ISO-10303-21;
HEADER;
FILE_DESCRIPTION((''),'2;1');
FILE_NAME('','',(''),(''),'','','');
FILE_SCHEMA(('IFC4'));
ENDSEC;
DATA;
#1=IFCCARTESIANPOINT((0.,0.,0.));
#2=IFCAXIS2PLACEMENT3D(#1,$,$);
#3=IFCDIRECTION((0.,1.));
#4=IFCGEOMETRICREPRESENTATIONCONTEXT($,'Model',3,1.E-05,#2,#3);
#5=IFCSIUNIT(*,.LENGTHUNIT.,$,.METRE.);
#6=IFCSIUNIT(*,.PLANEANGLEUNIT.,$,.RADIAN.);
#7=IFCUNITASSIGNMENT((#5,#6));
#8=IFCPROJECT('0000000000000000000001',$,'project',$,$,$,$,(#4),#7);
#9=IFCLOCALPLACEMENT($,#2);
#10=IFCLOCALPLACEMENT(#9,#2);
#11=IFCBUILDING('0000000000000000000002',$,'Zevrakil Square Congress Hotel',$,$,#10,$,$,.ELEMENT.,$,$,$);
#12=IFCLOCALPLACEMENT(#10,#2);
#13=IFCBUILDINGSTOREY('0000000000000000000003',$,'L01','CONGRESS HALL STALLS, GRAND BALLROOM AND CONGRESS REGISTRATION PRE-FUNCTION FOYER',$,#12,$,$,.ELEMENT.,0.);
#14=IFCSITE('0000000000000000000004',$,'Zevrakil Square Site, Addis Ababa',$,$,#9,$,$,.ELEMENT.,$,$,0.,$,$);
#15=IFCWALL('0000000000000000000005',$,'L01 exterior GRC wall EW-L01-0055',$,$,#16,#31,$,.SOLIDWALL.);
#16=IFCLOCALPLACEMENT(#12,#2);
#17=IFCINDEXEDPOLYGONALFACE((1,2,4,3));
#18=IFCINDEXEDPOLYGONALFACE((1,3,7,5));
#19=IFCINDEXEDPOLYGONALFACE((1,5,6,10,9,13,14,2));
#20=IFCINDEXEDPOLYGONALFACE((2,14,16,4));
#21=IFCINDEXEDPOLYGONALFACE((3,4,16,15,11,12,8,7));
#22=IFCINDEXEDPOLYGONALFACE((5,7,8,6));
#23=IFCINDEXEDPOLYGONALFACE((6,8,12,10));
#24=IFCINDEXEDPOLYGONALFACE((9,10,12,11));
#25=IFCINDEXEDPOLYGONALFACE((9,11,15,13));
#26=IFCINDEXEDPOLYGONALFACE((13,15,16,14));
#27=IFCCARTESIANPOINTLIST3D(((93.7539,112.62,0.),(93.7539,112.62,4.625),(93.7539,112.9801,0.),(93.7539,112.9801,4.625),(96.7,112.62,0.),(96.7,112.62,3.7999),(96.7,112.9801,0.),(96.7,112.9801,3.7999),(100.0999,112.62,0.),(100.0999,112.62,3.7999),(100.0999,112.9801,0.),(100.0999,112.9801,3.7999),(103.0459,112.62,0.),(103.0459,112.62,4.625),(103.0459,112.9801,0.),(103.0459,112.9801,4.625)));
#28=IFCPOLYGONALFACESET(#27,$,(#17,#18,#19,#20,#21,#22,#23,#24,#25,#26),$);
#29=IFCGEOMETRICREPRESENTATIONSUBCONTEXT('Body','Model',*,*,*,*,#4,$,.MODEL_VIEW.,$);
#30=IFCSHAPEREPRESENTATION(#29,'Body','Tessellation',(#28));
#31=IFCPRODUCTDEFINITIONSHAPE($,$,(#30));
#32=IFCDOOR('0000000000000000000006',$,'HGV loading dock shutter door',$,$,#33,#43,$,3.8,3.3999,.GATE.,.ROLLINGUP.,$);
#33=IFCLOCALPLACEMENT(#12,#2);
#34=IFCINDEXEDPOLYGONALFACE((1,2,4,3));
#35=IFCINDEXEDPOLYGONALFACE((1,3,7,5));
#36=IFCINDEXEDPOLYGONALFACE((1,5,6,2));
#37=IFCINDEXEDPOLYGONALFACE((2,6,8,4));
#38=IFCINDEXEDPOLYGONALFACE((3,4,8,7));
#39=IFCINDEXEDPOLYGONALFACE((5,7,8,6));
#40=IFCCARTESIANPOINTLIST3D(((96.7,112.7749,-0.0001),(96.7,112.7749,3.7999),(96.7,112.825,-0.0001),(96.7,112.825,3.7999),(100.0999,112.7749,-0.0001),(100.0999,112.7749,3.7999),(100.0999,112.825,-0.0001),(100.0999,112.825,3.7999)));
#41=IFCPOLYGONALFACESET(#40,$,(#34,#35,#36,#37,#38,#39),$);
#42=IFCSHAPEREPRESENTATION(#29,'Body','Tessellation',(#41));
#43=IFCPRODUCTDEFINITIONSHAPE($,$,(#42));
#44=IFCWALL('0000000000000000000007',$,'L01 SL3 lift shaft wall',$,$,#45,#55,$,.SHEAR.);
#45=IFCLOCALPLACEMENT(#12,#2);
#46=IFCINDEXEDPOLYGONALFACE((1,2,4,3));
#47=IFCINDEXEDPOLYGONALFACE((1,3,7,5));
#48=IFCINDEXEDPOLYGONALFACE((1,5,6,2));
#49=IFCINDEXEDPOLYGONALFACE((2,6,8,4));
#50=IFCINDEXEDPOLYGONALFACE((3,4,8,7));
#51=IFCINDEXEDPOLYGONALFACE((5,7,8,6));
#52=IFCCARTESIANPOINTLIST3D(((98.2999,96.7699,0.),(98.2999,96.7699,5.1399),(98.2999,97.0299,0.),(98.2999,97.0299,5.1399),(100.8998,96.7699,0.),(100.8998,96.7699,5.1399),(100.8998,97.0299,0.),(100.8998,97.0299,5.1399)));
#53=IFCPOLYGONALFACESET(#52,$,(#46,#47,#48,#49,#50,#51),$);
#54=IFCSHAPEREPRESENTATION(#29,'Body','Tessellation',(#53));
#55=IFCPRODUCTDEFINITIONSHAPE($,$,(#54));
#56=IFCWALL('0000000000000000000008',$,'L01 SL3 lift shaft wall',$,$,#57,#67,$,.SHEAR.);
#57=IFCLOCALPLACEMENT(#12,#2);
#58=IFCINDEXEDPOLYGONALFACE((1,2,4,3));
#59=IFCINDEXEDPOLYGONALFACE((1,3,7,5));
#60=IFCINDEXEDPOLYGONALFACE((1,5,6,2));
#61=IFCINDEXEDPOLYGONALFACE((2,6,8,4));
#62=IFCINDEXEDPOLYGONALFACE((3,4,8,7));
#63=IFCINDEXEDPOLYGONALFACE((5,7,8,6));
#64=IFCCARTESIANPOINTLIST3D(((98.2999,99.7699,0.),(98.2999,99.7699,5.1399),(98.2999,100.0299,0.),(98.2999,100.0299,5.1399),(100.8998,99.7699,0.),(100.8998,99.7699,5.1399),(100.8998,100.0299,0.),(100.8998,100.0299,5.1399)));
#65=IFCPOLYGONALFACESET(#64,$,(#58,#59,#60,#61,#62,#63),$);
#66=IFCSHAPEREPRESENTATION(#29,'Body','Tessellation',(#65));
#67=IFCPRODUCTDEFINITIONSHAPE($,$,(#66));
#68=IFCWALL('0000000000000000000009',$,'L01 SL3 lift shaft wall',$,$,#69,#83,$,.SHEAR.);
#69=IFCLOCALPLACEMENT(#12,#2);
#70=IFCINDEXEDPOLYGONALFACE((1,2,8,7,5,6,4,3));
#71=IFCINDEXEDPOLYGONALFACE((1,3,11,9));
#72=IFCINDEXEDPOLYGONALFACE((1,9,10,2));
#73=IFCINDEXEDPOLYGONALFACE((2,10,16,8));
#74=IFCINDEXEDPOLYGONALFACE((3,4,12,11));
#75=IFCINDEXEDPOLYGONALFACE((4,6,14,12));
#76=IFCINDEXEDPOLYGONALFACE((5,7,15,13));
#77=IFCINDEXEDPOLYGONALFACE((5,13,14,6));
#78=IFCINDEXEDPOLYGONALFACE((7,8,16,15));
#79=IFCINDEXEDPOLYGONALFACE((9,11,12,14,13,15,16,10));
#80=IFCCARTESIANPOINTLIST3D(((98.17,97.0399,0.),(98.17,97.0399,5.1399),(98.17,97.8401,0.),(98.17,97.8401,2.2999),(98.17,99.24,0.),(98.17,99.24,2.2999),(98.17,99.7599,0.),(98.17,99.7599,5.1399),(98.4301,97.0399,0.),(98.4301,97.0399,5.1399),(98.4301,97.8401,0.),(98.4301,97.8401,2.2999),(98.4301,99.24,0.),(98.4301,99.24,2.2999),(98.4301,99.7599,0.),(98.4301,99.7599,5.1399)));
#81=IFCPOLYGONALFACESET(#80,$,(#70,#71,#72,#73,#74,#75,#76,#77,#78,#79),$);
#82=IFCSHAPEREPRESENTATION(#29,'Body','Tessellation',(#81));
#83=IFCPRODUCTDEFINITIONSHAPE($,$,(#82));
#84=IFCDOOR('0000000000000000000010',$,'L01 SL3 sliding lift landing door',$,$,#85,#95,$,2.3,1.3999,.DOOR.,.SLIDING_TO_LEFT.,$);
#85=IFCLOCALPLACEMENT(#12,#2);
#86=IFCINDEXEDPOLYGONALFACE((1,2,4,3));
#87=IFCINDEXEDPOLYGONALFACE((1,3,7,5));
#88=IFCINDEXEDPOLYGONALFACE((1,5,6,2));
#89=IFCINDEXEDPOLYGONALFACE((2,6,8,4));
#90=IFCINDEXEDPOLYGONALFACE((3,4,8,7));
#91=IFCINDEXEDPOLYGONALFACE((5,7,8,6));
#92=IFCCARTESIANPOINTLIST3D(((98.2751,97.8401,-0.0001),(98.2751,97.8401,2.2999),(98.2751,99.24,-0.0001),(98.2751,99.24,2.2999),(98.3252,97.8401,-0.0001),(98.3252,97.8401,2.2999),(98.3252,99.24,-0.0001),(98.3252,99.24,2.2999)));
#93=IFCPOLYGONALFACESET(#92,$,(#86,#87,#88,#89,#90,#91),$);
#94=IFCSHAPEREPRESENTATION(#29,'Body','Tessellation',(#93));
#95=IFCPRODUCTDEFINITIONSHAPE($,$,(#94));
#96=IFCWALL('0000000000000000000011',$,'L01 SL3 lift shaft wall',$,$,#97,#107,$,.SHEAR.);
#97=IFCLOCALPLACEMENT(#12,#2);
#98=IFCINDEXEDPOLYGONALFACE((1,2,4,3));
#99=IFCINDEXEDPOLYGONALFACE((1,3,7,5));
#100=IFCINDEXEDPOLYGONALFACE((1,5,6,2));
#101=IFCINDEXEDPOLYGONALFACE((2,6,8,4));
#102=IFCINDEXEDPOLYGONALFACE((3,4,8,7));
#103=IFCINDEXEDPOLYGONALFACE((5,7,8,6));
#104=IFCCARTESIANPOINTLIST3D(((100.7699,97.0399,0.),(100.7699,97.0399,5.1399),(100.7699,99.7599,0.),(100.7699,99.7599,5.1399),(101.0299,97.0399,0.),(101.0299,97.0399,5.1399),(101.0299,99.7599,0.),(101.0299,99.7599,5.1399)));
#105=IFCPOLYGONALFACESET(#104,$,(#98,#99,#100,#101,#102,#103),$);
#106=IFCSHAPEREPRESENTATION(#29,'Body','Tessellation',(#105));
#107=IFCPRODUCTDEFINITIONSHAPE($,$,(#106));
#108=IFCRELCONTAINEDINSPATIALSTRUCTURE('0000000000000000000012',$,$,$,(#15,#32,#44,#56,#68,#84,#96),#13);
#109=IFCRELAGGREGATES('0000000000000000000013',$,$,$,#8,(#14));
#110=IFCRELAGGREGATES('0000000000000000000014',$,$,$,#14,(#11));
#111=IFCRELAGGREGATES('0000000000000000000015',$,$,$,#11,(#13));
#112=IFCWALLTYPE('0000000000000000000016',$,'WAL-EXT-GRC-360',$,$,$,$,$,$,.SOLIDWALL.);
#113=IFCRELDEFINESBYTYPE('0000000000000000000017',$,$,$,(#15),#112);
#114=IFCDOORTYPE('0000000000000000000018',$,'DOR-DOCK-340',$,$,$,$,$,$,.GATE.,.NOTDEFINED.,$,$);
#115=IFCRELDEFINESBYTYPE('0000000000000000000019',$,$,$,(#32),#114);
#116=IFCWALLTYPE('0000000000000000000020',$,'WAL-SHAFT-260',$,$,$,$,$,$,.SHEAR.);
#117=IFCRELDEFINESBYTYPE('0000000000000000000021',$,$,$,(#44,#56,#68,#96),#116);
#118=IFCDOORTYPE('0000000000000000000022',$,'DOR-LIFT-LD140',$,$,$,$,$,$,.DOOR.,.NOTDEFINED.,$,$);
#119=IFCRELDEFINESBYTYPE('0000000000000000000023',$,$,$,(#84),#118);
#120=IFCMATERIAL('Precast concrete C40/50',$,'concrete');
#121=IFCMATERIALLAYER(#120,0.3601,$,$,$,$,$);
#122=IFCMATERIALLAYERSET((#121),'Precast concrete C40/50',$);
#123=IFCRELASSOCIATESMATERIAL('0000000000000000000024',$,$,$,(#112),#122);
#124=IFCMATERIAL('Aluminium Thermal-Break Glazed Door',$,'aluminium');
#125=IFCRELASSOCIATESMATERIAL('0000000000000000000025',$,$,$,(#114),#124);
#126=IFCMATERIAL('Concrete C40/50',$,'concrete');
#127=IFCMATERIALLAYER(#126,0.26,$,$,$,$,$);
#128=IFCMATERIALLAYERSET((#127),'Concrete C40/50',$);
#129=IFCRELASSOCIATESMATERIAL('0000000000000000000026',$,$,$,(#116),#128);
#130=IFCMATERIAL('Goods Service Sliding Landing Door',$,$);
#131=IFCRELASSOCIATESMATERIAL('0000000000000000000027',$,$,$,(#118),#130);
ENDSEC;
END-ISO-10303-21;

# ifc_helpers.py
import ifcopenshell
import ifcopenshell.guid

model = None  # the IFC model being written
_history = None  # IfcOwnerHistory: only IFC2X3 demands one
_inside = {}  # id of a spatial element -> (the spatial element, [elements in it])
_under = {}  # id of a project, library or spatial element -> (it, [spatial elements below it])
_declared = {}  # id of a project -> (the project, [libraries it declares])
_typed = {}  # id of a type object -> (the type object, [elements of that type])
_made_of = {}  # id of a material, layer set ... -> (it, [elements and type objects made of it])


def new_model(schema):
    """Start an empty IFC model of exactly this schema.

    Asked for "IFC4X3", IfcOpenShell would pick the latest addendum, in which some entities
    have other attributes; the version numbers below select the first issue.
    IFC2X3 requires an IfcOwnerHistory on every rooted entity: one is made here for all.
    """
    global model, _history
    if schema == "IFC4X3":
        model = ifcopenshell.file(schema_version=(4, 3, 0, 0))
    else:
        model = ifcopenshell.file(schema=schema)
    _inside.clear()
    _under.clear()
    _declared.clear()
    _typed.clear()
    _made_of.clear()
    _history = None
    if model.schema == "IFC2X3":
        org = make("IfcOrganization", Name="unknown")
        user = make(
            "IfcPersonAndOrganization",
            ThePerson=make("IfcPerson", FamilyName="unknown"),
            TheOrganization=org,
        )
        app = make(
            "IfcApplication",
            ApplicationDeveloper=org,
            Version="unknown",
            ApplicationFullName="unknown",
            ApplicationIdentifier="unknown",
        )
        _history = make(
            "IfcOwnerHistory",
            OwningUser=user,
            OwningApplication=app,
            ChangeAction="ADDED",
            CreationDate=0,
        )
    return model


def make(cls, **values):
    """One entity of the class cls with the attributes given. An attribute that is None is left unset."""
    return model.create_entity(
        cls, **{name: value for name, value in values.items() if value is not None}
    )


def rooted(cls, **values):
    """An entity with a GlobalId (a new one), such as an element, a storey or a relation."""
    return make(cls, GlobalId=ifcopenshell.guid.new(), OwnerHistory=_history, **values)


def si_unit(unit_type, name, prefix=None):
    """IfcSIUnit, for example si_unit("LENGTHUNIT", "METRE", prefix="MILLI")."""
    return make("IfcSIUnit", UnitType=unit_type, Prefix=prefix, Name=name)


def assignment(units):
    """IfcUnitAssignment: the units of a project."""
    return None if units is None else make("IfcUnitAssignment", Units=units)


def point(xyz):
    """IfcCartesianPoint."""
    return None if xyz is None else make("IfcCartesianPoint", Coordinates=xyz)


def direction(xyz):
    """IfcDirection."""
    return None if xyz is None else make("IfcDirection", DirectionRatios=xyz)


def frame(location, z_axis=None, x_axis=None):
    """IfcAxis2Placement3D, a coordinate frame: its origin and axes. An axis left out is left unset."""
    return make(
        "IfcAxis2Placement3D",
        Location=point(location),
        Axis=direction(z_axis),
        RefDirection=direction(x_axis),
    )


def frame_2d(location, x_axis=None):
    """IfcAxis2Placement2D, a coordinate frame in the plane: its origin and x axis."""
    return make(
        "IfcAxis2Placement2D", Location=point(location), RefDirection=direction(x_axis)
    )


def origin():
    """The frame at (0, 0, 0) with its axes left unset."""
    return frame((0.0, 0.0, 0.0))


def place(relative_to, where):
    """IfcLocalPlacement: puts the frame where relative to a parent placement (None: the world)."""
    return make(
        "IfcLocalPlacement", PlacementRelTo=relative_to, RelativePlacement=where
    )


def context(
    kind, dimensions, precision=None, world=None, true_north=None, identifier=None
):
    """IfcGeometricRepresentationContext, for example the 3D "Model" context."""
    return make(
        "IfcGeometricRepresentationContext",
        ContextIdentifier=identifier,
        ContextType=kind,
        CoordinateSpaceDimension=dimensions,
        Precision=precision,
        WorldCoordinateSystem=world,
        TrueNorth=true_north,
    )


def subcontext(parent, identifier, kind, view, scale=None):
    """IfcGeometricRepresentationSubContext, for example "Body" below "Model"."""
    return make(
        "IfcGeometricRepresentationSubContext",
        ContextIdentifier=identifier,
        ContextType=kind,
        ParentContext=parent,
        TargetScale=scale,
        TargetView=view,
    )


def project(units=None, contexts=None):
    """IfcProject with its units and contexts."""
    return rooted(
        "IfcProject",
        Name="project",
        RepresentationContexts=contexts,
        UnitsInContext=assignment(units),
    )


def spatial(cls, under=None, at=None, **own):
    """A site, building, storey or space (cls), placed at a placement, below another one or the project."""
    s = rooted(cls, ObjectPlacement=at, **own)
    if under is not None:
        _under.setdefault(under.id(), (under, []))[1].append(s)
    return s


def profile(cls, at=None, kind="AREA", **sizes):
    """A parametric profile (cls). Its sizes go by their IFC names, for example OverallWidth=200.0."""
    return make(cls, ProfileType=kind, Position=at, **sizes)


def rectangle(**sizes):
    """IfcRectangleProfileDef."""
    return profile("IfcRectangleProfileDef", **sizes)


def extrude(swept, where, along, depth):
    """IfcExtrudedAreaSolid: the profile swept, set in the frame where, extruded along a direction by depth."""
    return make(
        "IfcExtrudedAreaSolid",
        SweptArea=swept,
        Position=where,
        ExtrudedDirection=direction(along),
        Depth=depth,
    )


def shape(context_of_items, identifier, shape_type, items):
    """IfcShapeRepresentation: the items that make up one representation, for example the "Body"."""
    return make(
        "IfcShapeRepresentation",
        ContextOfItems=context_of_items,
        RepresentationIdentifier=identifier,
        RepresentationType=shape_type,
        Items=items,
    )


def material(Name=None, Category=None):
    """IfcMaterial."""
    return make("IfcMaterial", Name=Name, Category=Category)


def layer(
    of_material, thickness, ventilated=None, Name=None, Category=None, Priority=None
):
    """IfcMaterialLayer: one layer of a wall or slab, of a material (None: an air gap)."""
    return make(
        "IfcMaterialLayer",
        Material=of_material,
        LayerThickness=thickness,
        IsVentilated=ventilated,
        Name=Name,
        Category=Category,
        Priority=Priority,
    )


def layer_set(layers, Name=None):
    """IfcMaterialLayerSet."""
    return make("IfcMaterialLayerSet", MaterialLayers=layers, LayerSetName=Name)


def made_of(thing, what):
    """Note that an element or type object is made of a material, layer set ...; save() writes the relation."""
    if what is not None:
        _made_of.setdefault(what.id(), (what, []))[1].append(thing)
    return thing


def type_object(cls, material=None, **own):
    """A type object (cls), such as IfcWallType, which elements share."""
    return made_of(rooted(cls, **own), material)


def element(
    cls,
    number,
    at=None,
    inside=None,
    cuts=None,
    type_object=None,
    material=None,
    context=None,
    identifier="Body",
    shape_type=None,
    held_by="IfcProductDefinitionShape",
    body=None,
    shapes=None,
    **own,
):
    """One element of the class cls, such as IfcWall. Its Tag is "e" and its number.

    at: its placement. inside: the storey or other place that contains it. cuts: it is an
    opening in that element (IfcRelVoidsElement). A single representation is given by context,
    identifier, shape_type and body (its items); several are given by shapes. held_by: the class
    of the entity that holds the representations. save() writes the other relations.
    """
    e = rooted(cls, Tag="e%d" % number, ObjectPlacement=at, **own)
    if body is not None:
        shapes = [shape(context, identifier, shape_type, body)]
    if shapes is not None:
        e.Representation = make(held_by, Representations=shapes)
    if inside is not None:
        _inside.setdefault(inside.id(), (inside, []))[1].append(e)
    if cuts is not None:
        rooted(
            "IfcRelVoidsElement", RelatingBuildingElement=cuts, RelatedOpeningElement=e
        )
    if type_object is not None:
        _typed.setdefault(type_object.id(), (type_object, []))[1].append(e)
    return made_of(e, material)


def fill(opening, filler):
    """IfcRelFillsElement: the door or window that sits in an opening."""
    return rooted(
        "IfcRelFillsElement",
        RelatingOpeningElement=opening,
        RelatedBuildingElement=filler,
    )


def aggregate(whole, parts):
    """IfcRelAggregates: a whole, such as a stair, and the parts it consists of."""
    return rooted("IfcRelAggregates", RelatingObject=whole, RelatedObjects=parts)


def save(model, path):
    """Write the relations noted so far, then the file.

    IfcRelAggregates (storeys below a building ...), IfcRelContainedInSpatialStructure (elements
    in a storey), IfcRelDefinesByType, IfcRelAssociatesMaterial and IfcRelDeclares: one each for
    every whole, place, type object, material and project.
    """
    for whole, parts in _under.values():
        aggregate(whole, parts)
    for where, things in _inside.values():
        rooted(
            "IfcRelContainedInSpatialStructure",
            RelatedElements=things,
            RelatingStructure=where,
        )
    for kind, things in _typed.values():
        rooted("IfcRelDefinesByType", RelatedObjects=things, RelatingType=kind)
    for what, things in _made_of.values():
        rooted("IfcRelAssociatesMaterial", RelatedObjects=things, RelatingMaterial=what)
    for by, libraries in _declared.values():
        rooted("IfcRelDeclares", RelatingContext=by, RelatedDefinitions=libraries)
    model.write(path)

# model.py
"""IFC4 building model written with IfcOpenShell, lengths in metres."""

from ifc_helpers import new_model, si_unit, direction, frame, frame_2d, origin, place, context, subcontext, project, spatial, rectangle, extrude, material, layer, layer_set, type_object, element, fill, save


model = new_model("IFC4")

# Units and contexts
model_context = context("Model", 3, precision=1e-05, world=origin(), true_north=direction((0.0, 1.0)))
body_context = subcontext(model_context, "Body", "Model", "MODEL_VIEW")
ifc_project = project(units=[si_unit("LENGTHUNIT", "METRE"), si_unit("PLANEANGLEUNIT", "RADIAN")], contexts=[model_context])

# Site, building, storey
site_placement = place(None, origin())
site = spatial("IfcSite", under=ifc_project, at=site_placement, Name="Zevrakil Square Site, Addis Ababa", CompositionType="ELEMENT", RefElevation=0.0)
building_placement = place(site_placement, origin())
building = spatial("IfcBuilding", under=site, at=building_placement, Name="Zevrakil Square Congress Hotel", CompositionType="ELEMENT")
storey_placement = place(building_placement, origin())
storey = spatial("IfcBuildingStorey", under=building, at=storey_placement, Name="L01", Description="CONGRESS HALL STALLS, GRAND BALLROOM AND CONGRESS REGISTRATION PRE-FUNCTION FOYER", CompositionType="ELEMENT", Elevation=0.0)

# Wall, opening, door
ifc_material_1 = material(Name="Precast concrete C40/50", Category="concrete")
ifc_layer_1 = layer(ifc_material_1, 0.3601)
ifc_layer_set_1 = layer_set([ifc_layer_1], Name="Precast concrete C40/50")
wall_type_1 = type_object("IfcWallType", Name="WAL-EXT-GRC-360", PredefinedType="SOLIDWALL", material=ifc_layer_set_1)
ifc_material_2 = material(Name="Aluminium Thermal-Break Glazed Door", Category="aluminium")
door_type_1 = type_object("IfcDoorType", Name="DOR-DOCK-340", OperationType="NOTDEFINED", PredefinedType="GATE", material=ifc_material_2)
wall_1_placement = place(storey_placement, frame((93.7539, 112.8, 0.0), z_axis=(0.0, 0.0, 1.0), x_axis=(1.0, 0.0, 0.0)))
wall_1 = element("IfcWall", 1, at=wall_1_placement, inside=storey, type_object=wall_type_1, Name="L01 exterior GRC wall EW-L01-0055", PredefinedType="SOLIDWALL", context=body_context, shape_type="SweptSolid", body=[
    extrude(rectangle(XDim=9.292, YDim=0.3601, at=frame_2d((4.646, 0.0))), origin(), (0.0, 0.0, 1.0), 4.625),
])
opening_1_placement = place(wall_1_placement, frame((2.946, 0.0, 0.0)))
opening_1 = element("IfcOpeningElement", 2, at=opening_1_placement, cuts=wall_1, PredefinedType="OPENING", context=body_context, shape_type="SweptSolid", body=[
    extrude(rectangle(XDim=3.3999, YDim=3.8, at=frame_2d((1.7, 1.8999))), frame((0.0, 0.1899, 0.0), z_axis=(0.0, -1.0, 0.0), x_axis=(1.0, 0.0, 0.0)), (0.0, 0.0, 1.0), 0.3801),
])
door_1_placement = place(opening_1_placement, origin())
door_1 = element("IfcDoor", 3, at=door_1_placement, inside=storey, type_object=door_type_1, Name="HGV loading dock shutter door", OperationType="ROLLINGUP", OverallHeight=3.8, OverallWidth=3.3999, PredefinedType="GATE", context=body_context, shape_type="SweptSolid", body=[
    extrude(rectangle(XDim=3.3999, YDim=3.8, at=frame_2d((1.7, 1.8999))), frame((0.0, 0.0249, 0.0), z_axis=(0.0, -1.0, 0.0), x_axis=(1.0, 0.0, 0.0)), (0.0, 0.0, 1.0), 0.05),
])
fill(opening_1, door_1)

# Walls
ifc_material_3 = material(Name="Concrete C40/50", Category="concrete")
ifc_layer_2 = layer(ifc_material_3, 0.26)
ifc_layer_set_2 = layer_set([ifc_layer_2], Name="Concrete C40/50")
wall_type_2 = type_object("IfcWallType", Name="WAL-SHAFT-260", PredefinedType="SHEAR", material=ifc_layer_set_2)
for number, where, z_axis, x_axis, name in (
    (4, (98.3, 96.8999, 0.0), (0.0, 0.0, 1.0), (1.0, 0.0, 0.0), "L01 SL3 lift shaft wall"),
    (5, (98.3, 99.8999, 0.0), (0.0, 0.0, 1.0), (1.0, 0.0, 0.0), "L01 SL3 lift shaft wall"),
):
    element("IfcWall", number, at=place(storey_placement, frame(where, z_axis=z_axis, x_axis=x_axis)), inside=storey, type_object=wall_type_2, Name=name, PredefinedType="SHEAR", context=body_context, shape_type="SweptSolid", body=[
        extrude(rectangle(XDim=2.5999, YDim=0.26, at=frame_2d((1.2998, 0.0))), origin(), (0.0, 0.0, 1.0), 5.1399),
    ])

# Wall, opening, door
wall_2_placement = place(storey_placement, frame((98.3, 97.04, 0.0), z_axis=(0.0, 0.0, 1.0), x_axis=(0.0, 1.0, 0.0)))
wall_2 = element("IfcWall", 6, at=wall_2_placement, inside=storey, type_object=wall_type_2, Name="L01 SL3 lift shaft wall", PredefinedType="SHEAR", context=body_context, shape_type="SweptSolid", body=[
    extrude(rectangle(XDim=2.72, YDim=0.26, at=frame_2d((1.3599, 0.0))), origin(), (0.0, 0.0, 1.0), 5.1399),
])
opening_2_placement = place(wall_2_placement, frame((0.8, 0.0, 0.0)))
opening_2 = element("IfcOpeningElement", 7, at=opening_2_placement, cuts=wall_2, PredefinedType="OPENING", context=body_context, shape_type="SweptSolid", body=[
    extrude(rectangle(XDim=1.3999, YDim=2.3, at=frame_2d((0.7, 1.1499))), frame((0.0, 0.1401, 0.0), z_axis=(0.0, -1.0, 0.0), x_axis=(1.0, 0.0, 0.0)), (0.0, 0.0, 1.0), 0.28),
])
ifc_material_4 = material(Name="Goods Service Sliding Landing Door")
door_type_2 = type_object("IfcDoorType", Name="DOR-LIFT-LD140", OperationType="NOTDEFINED", PredefinedType="DOOR", material=ifc_material_4)
door_2_placement = place(opening_2_placement, origin())
door_2 = element("IfcDoor", 8, at=door_2_placement, inside=storey, type_object=door_type_2, Name="L01 SL3 sliding lift landing door", OperationType="SLIDING_TO_LEFT", OverallHeight=2.3, OverallWidth=1.3999, PredefinedType="DOOR", context=body_context, shape_type="SweptSolid", body=[
    extrude(rectangle(XDim=1.3999, YDim=2.3, at=frame_2d((0.7, 1.1499))), frame((0.0, 0.0249, 0.0), z_axis=(0.0, -1.0, 0.0), x_axis=(1.0, 0.0, 0.0)), (0.0, 0.0, 1.0), 0.05),
])
fill(opening_2, door_2)

# Wall
wall_3_placement = place(storey_placement, frame((100.8999, 97.04, 0.0), z_axis=(0.0, 0.0, 1.0), x_axis=(0.0, 1.0, 0.0)))
element("IfcWall", 9, at=wall_3_placement, inside=storey, type_object=wall_type_2, Name="L01 SL3 lift shaft wall", PredefinedType="SHEAR", context=body_context, shape_type="SweptSolid", body=[
    extrude(rectangle(XDim=2.72, YDim=0.26, at=frame_2d((1.3599, 0.0))), origin(), (0.0, 0.0, 1.0), 5.1399),
])

save(model, "model.ifc")
